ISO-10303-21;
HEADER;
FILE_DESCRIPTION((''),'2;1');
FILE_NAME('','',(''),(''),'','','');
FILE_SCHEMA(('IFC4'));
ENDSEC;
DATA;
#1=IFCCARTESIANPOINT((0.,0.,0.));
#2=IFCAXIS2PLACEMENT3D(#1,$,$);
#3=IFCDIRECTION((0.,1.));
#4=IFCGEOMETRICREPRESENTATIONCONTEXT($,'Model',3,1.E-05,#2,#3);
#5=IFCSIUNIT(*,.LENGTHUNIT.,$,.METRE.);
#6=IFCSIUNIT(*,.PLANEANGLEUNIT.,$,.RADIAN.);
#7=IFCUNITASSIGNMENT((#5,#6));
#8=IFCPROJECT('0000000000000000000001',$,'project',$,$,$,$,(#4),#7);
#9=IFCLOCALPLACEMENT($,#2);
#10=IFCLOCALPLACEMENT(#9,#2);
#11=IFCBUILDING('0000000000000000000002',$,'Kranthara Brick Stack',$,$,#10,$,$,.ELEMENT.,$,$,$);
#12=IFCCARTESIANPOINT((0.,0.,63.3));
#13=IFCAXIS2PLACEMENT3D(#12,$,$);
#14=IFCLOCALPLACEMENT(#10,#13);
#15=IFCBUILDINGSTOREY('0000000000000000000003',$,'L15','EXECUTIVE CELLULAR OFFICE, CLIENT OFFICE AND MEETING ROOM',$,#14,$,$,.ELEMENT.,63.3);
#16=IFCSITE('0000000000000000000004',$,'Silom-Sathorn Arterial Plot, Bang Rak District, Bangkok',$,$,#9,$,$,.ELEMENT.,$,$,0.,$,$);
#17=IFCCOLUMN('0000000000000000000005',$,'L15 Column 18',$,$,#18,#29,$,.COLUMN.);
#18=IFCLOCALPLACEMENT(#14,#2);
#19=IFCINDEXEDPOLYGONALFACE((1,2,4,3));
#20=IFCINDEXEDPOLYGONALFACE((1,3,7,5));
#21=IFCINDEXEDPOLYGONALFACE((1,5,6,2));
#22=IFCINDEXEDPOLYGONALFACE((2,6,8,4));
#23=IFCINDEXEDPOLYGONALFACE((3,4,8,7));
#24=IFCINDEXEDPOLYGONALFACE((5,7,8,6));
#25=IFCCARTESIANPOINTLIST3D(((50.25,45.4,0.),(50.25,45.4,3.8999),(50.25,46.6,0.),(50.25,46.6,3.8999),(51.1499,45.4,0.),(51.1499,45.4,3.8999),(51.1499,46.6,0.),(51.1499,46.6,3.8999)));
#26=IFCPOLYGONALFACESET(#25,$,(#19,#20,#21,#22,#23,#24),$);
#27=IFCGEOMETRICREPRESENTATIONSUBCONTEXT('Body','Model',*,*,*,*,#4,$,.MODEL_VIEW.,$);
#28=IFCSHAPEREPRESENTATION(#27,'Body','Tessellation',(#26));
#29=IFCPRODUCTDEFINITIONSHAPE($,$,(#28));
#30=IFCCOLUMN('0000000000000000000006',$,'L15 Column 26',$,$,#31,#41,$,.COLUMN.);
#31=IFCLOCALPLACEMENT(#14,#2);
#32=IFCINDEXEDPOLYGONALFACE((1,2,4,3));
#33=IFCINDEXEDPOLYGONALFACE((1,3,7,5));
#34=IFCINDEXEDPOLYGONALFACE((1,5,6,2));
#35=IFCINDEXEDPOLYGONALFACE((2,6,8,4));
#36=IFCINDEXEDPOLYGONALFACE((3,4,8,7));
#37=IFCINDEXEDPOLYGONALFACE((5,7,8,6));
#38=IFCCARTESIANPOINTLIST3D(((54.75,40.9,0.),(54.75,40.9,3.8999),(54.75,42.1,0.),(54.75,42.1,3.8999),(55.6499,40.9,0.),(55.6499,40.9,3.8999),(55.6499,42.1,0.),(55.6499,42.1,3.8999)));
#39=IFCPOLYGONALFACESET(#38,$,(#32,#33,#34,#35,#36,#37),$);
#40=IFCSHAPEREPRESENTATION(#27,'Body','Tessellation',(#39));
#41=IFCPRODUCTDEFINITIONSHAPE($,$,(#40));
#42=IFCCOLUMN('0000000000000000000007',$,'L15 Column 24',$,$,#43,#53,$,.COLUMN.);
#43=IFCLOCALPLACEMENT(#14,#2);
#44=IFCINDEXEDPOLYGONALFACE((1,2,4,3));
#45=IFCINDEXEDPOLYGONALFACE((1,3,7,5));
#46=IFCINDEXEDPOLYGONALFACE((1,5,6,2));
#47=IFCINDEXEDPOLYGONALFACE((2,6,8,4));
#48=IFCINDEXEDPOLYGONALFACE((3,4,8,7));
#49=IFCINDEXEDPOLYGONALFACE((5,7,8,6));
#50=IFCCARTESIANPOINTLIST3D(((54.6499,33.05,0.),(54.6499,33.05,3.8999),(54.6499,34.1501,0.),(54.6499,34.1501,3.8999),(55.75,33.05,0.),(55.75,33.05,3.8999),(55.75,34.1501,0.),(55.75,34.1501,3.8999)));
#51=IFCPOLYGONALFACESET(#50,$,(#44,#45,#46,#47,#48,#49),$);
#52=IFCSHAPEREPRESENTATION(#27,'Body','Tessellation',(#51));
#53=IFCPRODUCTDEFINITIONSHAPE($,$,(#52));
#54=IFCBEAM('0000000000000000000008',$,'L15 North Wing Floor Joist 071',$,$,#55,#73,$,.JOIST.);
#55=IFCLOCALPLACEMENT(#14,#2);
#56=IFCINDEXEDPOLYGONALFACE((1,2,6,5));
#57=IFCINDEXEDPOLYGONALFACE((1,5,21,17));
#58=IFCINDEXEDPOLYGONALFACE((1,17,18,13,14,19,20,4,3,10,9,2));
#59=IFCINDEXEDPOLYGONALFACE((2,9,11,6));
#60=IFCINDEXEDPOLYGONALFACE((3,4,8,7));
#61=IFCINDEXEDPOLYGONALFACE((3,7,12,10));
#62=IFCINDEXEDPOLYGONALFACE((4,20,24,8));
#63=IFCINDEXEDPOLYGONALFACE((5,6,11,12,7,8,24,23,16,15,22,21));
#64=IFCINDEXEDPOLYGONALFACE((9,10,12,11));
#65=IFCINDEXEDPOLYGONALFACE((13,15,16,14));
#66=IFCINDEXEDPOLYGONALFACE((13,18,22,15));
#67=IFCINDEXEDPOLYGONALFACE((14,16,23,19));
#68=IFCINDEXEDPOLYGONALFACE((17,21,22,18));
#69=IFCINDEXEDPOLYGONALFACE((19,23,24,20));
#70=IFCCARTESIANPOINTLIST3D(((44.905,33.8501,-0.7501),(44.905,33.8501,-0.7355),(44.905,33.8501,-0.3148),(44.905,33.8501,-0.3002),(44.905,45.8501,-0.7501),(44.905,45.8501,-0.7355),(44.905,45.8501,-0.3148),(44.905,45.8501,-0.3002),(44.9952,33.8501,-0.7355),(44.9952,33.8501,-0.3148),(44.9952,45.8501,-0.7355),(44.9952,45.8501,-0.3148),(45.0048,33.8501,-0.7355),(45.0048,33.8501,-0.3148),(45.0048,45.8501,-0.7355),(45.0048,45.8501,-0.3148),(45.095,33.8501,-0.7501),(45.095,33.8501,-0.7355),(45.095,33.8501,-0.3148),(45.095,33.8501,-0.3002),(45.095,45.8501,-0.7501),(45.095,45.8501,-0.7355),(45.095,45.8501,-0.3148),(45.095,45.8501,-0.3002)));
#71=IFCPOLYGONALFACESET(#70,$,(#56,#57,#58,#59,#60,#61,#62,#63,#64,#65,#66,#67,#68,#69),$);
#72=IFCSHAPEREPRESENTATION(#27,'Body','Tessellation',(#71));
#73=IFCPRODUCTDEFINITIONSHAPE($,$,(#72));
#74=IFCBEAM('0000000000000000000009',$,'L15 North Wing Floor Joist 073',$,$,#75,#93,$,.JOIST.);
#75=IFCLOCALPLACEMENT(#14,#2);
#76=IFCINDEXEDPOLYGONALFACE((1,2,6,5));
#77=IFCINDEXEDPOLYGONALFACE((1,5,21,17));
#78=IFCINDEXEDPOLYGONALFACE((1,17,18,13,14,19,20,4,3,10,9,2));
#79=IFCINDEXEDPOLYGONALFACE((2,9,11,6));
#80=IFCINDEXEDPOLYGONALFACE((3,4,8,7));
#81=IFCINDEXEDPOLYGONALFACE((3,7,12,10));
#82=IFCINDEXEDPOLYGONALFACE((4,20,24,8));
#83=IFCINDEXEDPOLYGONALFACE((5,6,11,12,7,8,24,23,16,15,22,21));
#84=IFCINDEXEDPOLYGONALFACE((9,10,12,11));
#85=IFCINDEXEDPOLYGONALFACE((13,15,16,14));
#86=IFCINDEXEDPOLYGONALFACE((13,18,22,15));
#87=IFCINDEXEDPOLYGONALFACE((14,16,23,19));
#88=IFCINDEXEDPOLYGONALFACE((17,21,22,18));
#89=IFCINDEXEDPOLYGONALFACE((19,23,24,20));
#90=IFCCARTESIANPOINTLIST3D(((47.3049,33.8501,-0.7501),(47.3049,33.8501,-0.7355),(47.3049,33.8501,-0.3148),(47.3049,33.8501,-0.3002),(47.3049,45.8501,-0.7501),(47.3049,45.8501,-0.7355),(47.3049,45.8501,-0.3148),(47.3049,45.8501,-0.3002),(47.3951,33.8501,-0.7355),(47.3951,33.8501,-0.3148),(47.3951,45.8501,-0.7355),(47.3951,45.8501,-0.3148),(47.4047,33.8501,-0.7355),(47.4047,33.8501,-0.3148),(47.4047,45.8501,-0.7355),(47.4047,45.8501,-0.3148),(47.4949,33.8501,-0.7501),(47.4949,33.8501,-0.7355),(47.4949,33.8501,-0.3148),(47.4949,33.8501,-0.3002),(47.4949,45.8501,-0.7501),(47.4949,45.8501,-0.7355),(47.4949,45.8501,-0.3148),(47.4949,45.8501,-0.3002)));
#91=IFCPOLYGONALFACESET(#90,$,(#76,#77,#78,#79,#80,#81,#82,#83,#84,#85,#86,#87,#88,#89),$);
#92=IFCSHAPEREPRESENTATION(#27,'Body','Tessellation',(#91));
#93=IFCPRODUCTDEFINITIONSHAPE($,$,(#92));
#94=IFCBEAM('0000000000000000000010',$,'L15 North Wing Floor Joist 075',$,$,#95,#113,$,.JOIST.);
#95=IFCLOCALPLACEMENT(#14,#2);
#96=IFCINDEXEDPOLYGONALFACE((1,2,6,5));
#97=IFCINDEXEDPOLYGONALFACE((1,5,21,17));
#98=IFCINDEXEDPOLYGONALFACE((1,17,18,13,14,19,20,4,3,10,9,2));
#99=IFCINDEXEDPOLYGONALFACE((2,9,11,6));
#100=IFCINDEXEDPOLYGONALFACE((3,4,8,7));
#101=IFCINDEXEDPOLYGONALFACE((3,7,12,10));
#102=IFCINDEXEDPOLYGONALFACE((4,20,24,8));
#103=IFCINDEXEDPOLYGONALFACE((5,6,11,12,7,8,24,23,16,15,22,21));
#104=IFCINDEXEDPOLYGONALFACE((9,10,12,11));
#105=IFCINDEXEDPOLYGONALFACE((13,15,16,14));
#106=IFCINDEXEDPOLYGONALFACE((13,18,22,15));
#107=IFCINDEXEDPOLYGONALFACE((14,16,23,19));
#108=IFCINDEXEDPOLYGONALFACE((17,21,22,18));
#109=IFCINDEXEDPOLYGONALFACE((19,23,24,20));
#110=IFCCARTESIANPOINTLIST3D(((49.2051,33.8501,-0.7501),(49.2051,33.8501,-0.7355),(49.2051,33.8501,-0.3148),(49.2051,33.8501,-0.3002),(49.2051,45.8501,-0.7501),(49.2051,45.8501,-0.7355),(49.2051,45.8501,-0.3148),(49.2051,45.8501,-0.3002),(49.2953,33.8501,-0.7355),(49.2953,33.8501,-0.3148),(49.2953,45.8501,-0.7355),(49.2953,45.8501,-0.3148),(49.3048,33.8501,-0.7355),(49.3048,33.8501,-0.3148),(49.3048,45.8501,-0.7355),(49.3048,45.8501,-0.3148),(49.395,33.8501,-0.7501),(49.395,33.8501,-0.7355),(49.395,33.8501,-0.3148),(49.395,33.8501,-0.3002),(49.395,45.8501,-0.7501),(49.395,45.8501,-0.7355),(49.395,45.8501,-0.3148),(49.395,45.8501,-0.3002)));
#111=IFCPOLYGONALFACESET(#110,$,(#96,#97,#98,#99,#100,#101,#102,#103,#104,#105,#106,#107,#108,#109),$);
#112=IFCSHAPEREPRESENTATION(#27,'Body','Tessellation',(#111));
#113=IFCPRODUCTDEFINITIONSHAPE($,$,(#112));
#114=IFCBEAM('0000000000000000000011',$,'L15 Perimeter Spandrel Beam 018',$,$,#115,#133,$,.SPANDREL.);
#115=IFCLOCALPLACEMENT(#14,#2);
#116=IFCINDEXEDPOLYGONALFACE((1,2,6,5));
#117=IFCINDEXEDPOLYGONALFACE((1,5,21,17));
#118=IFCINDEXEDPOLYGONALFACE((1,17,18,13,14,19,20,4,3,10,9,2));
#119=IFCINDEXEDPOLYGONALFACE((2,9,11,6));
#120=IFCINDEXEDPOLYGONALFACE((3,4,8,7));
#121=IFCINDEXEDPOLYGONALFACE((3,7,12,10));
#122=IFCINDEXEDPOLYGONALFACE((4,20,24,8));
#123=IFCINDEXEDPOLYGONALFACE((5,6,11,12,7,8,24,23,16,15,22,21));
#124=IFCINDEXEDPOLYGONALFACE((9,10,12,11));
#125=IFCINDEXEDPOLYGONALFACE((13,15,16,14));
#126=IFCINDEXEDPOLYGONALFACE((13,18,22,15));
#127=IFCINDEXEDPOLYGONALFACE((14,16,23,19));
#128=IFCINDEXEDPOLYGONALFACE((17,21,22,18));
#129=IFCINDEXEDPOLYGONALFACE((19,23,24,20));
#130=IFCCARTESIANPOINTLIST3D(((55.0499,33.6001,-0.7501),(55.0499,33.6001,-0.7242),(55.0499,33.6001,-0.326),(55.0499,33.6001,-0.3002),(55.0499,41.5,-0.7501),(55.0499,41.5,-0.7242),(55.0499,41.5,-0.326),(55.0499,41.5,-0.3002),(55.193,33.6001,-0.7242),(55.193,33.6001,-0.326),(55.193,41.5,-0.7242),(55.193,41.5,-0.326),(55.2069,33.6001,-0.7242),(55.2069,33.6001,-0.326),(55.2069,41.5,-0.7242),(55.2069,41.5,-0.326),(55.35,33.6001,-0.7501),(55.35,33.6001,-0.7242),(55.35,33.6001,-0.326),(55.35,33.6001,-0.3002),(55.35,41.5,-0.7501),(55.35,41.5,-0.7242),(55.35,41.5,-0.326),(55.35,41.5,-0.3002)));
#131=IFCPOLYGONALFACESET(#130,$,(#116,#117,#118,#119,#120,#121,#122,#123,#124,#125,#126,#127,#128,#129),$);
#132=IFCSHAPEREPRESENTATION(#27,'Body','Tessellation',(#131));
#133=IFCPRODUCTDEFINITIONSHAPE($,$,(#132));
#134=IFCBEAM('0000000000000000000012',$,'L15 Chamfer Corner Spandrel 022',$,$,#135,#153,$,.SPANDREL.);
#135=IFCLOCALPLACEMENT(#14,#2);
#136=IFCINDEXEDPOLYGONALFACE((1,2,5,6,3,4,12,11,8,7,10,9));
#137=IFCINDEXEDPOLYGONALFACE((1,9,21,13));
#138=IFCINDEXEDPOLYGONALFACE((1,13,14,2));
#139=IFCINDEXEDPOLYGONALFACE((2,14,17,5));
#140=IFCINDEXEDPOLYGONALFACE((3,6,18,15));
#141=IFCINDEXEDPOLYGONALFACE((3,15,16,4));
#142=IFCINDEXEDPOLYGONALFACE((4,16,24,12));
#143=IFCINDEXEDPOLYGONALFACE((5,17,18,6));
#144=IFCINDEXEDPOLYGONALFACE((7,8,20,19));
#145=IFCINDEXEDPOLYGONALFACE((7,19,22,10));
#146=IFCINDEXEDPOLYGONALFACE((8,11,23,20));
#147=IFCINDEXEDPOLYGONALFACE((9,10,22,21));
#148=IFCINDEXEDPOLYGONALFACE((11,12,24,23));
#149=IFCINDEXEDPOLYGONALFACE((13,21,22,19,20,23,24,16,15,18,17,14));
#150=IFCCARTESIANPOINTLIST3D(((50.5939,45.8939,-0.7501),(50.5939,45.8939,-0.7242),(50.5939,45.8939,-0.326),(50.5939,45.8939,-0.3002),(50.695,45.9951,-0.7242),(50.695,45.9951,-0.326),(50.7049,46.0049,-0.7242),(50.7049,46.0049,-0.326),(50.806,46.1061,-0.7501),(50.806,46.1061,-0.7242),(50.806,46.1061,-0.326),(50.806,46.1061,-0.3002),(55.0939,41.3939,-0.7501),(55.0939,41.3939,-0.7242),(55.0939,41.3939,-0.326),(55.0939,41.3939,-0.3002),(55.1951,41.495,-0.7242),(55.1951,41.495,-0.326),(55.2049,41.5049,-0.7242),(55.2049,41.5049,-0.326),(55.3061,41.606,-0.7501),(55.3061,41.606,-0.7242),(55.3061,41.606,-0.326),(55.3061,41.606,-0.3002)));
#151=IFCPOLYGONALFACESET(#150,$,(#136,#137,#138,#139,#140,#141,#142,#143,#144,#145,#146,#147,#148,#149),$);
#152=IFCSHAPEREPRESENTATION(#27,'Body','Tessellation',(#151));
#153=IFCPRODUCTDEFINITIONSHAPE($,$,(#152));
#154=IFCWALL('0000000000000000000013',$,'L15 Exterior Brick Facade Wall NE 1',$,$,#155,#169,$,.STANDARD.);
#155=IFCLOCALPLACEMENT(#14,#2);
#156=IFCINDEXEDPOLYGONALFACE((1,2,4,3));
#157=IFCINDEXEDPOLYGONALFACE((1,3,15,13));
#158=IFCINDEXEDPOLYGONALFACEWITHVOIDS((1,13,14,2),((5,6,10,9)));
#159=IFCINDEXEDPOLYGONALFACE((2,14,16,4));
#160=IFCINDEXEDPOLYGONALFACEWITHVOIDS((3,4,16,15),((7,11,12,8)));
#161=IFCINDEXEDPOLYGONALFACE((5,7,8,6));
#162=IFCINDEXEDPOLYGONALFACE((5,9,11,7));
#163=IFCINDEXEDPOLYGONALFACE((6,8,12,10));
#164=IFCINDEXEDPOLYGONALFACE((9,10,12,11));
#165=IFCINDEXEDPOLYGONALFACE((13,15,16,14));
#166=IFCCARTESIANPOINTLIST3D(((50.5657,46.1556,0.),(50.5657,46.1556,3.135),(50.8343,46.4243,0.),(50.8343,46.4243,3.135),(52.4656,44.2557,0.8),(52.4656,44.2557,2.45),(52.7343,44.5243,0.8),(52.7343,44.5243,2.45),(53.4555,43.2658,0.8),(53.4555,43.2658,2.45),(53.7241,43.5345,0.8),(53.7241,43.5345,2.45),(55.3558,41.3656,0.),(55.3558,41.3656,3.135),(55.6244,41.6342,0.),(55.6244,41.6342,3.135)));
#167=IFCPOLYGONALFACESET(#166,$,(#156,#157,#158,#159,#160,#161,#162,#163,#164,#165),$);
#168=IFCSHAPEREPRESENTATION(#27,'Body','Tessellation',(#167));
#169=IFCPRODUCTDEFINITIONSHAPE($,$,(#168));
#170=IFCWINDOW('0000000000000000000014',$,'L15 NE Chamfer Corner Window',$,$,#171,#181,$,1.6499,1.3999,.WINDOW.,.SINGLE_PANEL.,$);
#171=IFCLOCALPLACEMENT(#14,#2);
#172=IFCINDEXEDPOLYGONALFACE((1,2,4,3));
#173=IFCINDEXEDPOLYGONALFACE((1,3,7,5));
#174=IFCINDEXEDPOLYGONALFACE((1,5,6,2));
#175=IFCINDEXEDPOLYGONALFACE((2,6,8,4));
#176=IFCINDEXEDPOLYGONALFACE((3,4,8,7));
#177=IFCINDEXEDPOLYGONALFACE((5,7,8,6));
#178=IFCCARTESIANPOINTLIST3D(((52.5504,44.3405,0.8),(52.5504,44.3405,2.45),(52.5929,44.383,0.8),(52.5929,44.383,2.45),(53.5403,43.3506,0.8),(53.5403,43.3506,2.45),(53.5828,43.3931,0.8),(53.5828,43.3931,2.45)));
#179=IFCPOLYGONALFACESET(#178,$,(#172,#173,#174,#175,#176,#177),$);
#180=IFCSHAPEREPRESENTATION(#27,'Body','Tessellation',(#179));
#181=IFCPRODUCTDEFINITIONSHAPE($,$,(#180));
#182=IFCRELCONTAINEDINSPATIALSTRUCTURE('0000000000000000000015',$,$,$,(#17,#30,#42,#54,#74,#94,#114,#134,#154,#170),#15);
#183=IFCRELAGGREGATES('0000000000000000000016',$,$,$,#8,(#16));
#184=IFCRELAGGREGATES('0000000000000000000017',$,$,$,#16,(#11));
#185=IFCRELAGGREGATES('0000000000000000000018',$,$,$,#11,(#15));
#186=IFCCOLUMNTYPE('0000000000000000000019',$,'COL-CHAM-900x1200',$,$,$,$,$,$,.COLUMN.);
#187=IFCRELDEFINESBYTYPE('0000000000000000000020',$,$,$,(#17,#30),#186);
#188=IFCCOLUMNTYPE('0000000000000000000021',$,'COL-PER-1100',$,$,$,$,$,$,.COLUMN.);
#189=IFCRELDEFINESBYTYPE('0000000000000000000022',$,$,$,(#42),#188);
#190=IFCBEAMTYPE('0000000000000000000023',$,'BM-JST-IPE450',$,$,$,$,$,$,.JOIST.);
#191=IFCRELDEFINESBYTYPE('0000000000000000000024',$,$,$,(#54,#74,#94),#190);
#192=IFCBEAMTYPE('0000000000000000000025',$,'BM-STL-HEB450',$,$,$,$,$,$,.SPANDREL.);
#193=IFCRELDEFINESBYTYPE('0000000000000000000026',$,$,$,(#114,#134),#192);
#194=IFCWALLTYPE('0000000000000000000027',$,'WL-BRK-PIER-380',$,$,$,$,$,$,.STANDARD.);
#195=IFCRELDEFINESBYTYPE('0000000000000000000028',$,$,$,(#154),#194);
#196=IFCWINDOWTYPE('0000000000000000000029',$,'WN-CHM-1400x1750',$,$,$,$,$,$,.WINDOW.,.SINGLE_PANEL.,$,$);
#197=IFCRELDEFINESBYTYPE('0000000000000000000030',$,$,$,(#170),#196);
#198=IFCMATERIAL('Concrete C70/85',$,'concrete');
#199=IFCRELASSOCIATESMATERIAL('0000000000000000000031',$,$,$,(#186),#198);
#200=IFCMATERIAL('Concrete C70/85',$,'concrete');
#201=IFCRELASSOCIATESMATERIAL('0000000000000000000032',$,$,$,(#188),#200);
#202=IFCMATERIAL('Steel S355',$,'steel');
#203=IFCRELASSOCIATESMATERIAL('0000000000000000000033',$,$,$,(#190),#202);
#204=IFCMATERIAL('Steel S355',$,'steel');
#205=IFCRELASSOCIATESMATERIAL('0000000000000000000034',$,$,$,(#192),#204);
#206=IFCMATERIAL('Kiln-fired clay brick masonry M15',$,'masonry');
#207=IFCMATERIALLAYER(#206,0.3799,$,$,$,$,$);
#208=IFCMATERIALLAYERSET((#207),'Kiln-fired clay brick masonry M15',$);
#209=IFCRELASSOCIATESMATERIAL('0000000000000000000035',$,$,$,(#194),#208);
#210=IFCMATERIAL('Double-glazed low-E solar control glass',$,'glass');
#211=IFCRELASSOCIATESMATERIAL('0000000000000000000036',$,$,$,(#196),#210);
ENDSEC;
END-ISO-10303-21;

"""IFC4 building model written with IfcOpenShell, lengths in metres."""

from ifc_helpers import new_model, si_unit, direction, frame, frame_2d, origin, origin_2d, place, context, subcontext, project, spatial, rectangle, i_section, extrude, material, layer, layer_set, material_profile, profile_set, type_object, element, fill, save


model = new_model("IFC4")

# Units and contexts
model_context = context("Model", 3, precision=1e-05, world=origin(), true_north=direction((0.0, 1.0)))
body_context = subcontext(model_context, "Body", "Model", "MODEL_VIEW")
ifc_project = project(units=[si_unit("LENGTHUNIT", "METRE"), si_unit("PLANEANGLEUNIT", "RADIAN")], contexts=[model_context])

# Site, building, storey
site_placement = place(None, origin())
site = spatial("IfcSite", under=ifc_project, at=site_placement, Name="Silom-Sathorn Arterial Plot, Bang Rak District, Bangkok", CompositionType="ELEMENT", RefElevation=0.0)
building_placement = place(site_placement, origin())
building = spatial("IfcBuilding", under=site, at=building_placement, Name="Kranthara Brick Stack", CompositionType="ELEMENT")
storey_placement = place(building_placement, frame((0.0, 0.0, 63.3)))
storey = spatial("IfcBuildingStorey", under=building, at=storey_placement, Name="L15", Description="EXECUTIVE CELLULAR OFFICE, CLIENT OFFICE AND MEETING ROOM", CompositionType="ELEMENT", Elevation=63.3)

# Columns
ifc_material_1 = material(Name="Concrete C70/85", Category="concrete")
ifc_material_profile_1 = material_profile(ifc_material_1, rectangle(XDim=0.8999, YDim=1.2, at=origin_2d()), Name="RC 900x1200")
ifc_profile_set_1 = profile_set([ifc_material_profile_1], Name="Concrete C70/85")
column_type_1 = type_object("IfcColumnType", Name="COL-CHAM-900x1200", PredefinedType="COLUMN", material=ifc_profile_set_1)
for number, where, z_axis, x_axis, name in (
    (1, (50.7, 46.0, 0.0), (0.0, 0.0, 1.0), (1.0, 0.0, 0.0), "L15 Column 18"),
    (2, (55.2, 41.5, 0.0), (0.0, 0.0, 1.0), (1.0, 0.0, 0.0), "L15 Column 26"),
):
    element("IfcColumn", number, at=place(storey_placement, frame(where, z_axis=z_axis, x_axis=x_axis)), inside=storey, type_object=column_type_1, Name=name, PredefinedType="COLUMN", context=body_context, shape_type="SweptSolid", body=[
        extrude(rectangle(XDim=0.8999, YDim=1.2, at=origin_2d()), origin(), (0.0, 0.0, 1.0), 3.8999),
    ])
ifc_material_2 = material(Name="Concrete C70/85", Category="concrete")
ifc_material_profile_2 = material_profile(ifc_material_2, rectangle(XDim=1.1001, YDim=1.1001, at=origin_2d()), Name="RC 1100x1100")
ifc_profile_set_2 = profile_set([ifc_material_profile_2], Name="Concrete C70/85")
column_type_2 = type_object("IfcColumnType", Name="COL-PER-1100", PredefinedType="COLUMN", material=ifc_profile_set_2)
column_placement = place(storey_placement, frame((55.2, 33.6001, 0.0), z_axis=(0.0, 0.0, 1.0), x_axis=(1.0, 0.0, 0.0)))
element("IfcColumn", 3, at=column_placement, inside=storey, type_object=column_type_2, Name="L15 Column 24", PredefinedType="COLUMN", context=body_context, shape_type="SweptSolid", body=[
    extrude(rectangle(XDim=1.1001, YDim=1.1001, at=origin_2d()), origin(), (0.0, 0.0, 1.0), 3.8999),
])

# Beams
ifc_material_3 = material(Name="Steel S355", Category="steel")
ifc_material_profile_3 = material_profile(ifc_material_3, i_section(OverallWidth=0.1899, OverallDepth=0.45, WebThickness=0.0095, FlangeThickness=0.0146, at=origin_2d()), Name="IPE 450")
ifc_profile_set_3 = profile_set([ifc_material_profile_3], Name="Steel S355")
beam_type_1 = type_object("IfcBeamType", Name="BM-JST-IPE450", PredefinedType="JOIST", material=ifc_profile_set_3)
for number, where, z_axis, x_axis, name in (
    (4, (45.0, 33.8501, -0.5251), (0.0, 1.0, 0.0), (-1.0, 0.0, 0.0), "L15 North Wing Floor Joist 071"),
    (5, (47.3999, 33.8501, -0.5251), (0.0, 1.0, 0.0), (-1.0, 0.0, 0.0), "L15 North Wing Floor Joist 073"),
    (6, (49.3, 33.8501, -0.5251), (0.0, 1.0, 0.0), (-1.0, 0.0, 0.0), "L15 North Wing Floor Joist 075"),
):
    element("IfcBeam", number, at=place(storey_placement, frame(where, z_axis=z_axis, x_axis=x_axis)), inside=storey, type_object=beam_type_1, Name=name, PredefinedType="JOIST", context=body_context, shape_type="SweptSolid", body=[
        extrude(i_section(OverallWidth=0.1899, OverallDepth=0.45, WebThickness=0.0095, FlangeThickness=0.0146, at=origin_2d()), origin(), (0.0, 0.0, 1.0), 12.0),
    ])
ifc_material_4 = material(Name="Steel S355", Category="steel")
ifc_material_profile_4 = material_profile(ifc_material_4, i_section(OverallWidth=0.3, OverallDepth=0.45, WebThickness=0.0139, FlangeThickness=0.0259, at=origin_2d()), Name="HEB 450")
ifc_profile_set_4 = profile_set([ifc_material_profile_4], Name="Steel S355")
beam_type_2 = type_object("IfcBeamType", Name="BM-STL-HEB450", PredefinedType="SPANDREL", material=ifc_profile_set_4)
beam_1_placement = place(storey_placement, frame((55.2, 33.6001, -0.5251), z_axis=(0.0, 1.0, 0.0), x_axis=(-1.0, 0.0, 0.0)))
element("IfcBeam", 7, at=beam_1_placement, inside=storey, type_object=beam_type_2, Name="L15 Perimeter Spandrel Beam 018", PredefinedType="SPANDREL", context=body_context, shape_type="SweptSolid", body=[
    extrude(i_section(OverallWidth=0.3, OverallDepth=0.45, WebThickness=0.0139, FlangeThickness=0.0259, at=origin_2d()), origin(), (0.0, 0.0, 1.0), 7.8999),
])
beam_2_placement = place(storey_placement, frame((50.7, 46.0, -0.5251), z_axis=(0.707107, -0.707107, 0.0), x_axis=(0.707107, 0.707107, 0.0)))
element("IfcBeam", 8, at=beam_2_placement, inside=storey, type_object=beam_type_2, Name="L15 Chamfer Corner Spandrel 022", PredefinedType="SPANDREL", context=body_context, shape_type="SweptSolid", body=[
    extrude(i_section(OverallWidth=0.3, OverallDepth=0.45, WebThickness=0.0139, FlangeThickness=0.0259, at=origin_2d()), origin(), (0.0, 0.0, 1.0), 6.364),
])

# Wall, opening, window
ifc_material_5 = material(Name="Kiln-fired clay brick masonry M15", Category="masonry")
ifc_layer_1 = layer(ifc_material_5, 0.3799)
ifc_layer_set_1 = layer_set([ifc_layer_1], Name="Kiln-fired clay brick masonry M15")
wall_type_1 = type_object("IfcWallType", Name="WL-BRK-PIER-380", PredefinedType="STANDARD", material=ifc_layer_set_1)
wall_1_placement = place(storey_placement, frame((50.7, 46.29, 0.0), z_axis=(0.0, 0.0, 1.0), x_axis=(0.707107, -0.707107, 0.0)))
wall_1 = element("IfcWall", 9, at=wall_1_placement, inside=storey, type_object=wall_type_1, Name="L15 Exterior Brick Facade Wall NE 1", PredefinedType="STANDARD", context=body_context, shape_type="SweptSolid", body=[
    extrude(rectangle(XDim=6.7742, YDim=0.3799, at=frame_2d((3.3872, 0.0))), origin(), (0.0, 0.0, 1.0), 3.135),
])
opening_1_placement = place(wall_1_placement, frame((2.687, 0.0, 0.8)))
opening_1 = element("IfcOpeningElement", 10, at=opening_1_placement, cuts=wall_1, PredefinedType="OPENING", context=body_context, shape_type="SweptSolid", body=[
    extrude(rectangle(XDim=1.3999, YDim=1.6499, at=frame_2d((0.7, 0.825))), frame((0.0, 0.2, 0.0), z_axis=(0.0, -1.0, 0.0), x_axis=(1.0, 0.0, 0.0)), (0.0, 0.0, 1.0), 0.3999),
])
ifc_material_6 = material(Name="Double-glazed low-E solar control glass", Category="glass")
window_type_1 = type_object("IfcWindowType", Name="WN-CHM-1400x1750", PartitioningType="SINGLE_PANEL", PredefinedType="WINDOW", material=ifc_material_6)
window_1_placement = place(opening_1_placement, origin())
window_1 = element("IfcWindow", 11, at=window_1_placement, inside=storey, type_object=window_type_1, Name="L15 NE Chamfer Corner Window", OverallHeight=1.6499, OverallWidth=1.3999, PartitioningType="SINGLE_PANEL", PredefinedType="WINDOW", context=body_context, shape_type="SweptSolid", body=[
    extrude(rectangle(XDim=1.3999, YDim=1.6499, at=frame_2d((0.7, 0.825))), frame((0.0, -0.01, 0.0), z_axis=(0.0, -1.0, 0.0), x_axis=(1.0, 0.0, 0.0)), (0.0, 0.0, 1.0), 0.0601),
])
fill(opening_1, window_1)

save(model, "model.ifc")
